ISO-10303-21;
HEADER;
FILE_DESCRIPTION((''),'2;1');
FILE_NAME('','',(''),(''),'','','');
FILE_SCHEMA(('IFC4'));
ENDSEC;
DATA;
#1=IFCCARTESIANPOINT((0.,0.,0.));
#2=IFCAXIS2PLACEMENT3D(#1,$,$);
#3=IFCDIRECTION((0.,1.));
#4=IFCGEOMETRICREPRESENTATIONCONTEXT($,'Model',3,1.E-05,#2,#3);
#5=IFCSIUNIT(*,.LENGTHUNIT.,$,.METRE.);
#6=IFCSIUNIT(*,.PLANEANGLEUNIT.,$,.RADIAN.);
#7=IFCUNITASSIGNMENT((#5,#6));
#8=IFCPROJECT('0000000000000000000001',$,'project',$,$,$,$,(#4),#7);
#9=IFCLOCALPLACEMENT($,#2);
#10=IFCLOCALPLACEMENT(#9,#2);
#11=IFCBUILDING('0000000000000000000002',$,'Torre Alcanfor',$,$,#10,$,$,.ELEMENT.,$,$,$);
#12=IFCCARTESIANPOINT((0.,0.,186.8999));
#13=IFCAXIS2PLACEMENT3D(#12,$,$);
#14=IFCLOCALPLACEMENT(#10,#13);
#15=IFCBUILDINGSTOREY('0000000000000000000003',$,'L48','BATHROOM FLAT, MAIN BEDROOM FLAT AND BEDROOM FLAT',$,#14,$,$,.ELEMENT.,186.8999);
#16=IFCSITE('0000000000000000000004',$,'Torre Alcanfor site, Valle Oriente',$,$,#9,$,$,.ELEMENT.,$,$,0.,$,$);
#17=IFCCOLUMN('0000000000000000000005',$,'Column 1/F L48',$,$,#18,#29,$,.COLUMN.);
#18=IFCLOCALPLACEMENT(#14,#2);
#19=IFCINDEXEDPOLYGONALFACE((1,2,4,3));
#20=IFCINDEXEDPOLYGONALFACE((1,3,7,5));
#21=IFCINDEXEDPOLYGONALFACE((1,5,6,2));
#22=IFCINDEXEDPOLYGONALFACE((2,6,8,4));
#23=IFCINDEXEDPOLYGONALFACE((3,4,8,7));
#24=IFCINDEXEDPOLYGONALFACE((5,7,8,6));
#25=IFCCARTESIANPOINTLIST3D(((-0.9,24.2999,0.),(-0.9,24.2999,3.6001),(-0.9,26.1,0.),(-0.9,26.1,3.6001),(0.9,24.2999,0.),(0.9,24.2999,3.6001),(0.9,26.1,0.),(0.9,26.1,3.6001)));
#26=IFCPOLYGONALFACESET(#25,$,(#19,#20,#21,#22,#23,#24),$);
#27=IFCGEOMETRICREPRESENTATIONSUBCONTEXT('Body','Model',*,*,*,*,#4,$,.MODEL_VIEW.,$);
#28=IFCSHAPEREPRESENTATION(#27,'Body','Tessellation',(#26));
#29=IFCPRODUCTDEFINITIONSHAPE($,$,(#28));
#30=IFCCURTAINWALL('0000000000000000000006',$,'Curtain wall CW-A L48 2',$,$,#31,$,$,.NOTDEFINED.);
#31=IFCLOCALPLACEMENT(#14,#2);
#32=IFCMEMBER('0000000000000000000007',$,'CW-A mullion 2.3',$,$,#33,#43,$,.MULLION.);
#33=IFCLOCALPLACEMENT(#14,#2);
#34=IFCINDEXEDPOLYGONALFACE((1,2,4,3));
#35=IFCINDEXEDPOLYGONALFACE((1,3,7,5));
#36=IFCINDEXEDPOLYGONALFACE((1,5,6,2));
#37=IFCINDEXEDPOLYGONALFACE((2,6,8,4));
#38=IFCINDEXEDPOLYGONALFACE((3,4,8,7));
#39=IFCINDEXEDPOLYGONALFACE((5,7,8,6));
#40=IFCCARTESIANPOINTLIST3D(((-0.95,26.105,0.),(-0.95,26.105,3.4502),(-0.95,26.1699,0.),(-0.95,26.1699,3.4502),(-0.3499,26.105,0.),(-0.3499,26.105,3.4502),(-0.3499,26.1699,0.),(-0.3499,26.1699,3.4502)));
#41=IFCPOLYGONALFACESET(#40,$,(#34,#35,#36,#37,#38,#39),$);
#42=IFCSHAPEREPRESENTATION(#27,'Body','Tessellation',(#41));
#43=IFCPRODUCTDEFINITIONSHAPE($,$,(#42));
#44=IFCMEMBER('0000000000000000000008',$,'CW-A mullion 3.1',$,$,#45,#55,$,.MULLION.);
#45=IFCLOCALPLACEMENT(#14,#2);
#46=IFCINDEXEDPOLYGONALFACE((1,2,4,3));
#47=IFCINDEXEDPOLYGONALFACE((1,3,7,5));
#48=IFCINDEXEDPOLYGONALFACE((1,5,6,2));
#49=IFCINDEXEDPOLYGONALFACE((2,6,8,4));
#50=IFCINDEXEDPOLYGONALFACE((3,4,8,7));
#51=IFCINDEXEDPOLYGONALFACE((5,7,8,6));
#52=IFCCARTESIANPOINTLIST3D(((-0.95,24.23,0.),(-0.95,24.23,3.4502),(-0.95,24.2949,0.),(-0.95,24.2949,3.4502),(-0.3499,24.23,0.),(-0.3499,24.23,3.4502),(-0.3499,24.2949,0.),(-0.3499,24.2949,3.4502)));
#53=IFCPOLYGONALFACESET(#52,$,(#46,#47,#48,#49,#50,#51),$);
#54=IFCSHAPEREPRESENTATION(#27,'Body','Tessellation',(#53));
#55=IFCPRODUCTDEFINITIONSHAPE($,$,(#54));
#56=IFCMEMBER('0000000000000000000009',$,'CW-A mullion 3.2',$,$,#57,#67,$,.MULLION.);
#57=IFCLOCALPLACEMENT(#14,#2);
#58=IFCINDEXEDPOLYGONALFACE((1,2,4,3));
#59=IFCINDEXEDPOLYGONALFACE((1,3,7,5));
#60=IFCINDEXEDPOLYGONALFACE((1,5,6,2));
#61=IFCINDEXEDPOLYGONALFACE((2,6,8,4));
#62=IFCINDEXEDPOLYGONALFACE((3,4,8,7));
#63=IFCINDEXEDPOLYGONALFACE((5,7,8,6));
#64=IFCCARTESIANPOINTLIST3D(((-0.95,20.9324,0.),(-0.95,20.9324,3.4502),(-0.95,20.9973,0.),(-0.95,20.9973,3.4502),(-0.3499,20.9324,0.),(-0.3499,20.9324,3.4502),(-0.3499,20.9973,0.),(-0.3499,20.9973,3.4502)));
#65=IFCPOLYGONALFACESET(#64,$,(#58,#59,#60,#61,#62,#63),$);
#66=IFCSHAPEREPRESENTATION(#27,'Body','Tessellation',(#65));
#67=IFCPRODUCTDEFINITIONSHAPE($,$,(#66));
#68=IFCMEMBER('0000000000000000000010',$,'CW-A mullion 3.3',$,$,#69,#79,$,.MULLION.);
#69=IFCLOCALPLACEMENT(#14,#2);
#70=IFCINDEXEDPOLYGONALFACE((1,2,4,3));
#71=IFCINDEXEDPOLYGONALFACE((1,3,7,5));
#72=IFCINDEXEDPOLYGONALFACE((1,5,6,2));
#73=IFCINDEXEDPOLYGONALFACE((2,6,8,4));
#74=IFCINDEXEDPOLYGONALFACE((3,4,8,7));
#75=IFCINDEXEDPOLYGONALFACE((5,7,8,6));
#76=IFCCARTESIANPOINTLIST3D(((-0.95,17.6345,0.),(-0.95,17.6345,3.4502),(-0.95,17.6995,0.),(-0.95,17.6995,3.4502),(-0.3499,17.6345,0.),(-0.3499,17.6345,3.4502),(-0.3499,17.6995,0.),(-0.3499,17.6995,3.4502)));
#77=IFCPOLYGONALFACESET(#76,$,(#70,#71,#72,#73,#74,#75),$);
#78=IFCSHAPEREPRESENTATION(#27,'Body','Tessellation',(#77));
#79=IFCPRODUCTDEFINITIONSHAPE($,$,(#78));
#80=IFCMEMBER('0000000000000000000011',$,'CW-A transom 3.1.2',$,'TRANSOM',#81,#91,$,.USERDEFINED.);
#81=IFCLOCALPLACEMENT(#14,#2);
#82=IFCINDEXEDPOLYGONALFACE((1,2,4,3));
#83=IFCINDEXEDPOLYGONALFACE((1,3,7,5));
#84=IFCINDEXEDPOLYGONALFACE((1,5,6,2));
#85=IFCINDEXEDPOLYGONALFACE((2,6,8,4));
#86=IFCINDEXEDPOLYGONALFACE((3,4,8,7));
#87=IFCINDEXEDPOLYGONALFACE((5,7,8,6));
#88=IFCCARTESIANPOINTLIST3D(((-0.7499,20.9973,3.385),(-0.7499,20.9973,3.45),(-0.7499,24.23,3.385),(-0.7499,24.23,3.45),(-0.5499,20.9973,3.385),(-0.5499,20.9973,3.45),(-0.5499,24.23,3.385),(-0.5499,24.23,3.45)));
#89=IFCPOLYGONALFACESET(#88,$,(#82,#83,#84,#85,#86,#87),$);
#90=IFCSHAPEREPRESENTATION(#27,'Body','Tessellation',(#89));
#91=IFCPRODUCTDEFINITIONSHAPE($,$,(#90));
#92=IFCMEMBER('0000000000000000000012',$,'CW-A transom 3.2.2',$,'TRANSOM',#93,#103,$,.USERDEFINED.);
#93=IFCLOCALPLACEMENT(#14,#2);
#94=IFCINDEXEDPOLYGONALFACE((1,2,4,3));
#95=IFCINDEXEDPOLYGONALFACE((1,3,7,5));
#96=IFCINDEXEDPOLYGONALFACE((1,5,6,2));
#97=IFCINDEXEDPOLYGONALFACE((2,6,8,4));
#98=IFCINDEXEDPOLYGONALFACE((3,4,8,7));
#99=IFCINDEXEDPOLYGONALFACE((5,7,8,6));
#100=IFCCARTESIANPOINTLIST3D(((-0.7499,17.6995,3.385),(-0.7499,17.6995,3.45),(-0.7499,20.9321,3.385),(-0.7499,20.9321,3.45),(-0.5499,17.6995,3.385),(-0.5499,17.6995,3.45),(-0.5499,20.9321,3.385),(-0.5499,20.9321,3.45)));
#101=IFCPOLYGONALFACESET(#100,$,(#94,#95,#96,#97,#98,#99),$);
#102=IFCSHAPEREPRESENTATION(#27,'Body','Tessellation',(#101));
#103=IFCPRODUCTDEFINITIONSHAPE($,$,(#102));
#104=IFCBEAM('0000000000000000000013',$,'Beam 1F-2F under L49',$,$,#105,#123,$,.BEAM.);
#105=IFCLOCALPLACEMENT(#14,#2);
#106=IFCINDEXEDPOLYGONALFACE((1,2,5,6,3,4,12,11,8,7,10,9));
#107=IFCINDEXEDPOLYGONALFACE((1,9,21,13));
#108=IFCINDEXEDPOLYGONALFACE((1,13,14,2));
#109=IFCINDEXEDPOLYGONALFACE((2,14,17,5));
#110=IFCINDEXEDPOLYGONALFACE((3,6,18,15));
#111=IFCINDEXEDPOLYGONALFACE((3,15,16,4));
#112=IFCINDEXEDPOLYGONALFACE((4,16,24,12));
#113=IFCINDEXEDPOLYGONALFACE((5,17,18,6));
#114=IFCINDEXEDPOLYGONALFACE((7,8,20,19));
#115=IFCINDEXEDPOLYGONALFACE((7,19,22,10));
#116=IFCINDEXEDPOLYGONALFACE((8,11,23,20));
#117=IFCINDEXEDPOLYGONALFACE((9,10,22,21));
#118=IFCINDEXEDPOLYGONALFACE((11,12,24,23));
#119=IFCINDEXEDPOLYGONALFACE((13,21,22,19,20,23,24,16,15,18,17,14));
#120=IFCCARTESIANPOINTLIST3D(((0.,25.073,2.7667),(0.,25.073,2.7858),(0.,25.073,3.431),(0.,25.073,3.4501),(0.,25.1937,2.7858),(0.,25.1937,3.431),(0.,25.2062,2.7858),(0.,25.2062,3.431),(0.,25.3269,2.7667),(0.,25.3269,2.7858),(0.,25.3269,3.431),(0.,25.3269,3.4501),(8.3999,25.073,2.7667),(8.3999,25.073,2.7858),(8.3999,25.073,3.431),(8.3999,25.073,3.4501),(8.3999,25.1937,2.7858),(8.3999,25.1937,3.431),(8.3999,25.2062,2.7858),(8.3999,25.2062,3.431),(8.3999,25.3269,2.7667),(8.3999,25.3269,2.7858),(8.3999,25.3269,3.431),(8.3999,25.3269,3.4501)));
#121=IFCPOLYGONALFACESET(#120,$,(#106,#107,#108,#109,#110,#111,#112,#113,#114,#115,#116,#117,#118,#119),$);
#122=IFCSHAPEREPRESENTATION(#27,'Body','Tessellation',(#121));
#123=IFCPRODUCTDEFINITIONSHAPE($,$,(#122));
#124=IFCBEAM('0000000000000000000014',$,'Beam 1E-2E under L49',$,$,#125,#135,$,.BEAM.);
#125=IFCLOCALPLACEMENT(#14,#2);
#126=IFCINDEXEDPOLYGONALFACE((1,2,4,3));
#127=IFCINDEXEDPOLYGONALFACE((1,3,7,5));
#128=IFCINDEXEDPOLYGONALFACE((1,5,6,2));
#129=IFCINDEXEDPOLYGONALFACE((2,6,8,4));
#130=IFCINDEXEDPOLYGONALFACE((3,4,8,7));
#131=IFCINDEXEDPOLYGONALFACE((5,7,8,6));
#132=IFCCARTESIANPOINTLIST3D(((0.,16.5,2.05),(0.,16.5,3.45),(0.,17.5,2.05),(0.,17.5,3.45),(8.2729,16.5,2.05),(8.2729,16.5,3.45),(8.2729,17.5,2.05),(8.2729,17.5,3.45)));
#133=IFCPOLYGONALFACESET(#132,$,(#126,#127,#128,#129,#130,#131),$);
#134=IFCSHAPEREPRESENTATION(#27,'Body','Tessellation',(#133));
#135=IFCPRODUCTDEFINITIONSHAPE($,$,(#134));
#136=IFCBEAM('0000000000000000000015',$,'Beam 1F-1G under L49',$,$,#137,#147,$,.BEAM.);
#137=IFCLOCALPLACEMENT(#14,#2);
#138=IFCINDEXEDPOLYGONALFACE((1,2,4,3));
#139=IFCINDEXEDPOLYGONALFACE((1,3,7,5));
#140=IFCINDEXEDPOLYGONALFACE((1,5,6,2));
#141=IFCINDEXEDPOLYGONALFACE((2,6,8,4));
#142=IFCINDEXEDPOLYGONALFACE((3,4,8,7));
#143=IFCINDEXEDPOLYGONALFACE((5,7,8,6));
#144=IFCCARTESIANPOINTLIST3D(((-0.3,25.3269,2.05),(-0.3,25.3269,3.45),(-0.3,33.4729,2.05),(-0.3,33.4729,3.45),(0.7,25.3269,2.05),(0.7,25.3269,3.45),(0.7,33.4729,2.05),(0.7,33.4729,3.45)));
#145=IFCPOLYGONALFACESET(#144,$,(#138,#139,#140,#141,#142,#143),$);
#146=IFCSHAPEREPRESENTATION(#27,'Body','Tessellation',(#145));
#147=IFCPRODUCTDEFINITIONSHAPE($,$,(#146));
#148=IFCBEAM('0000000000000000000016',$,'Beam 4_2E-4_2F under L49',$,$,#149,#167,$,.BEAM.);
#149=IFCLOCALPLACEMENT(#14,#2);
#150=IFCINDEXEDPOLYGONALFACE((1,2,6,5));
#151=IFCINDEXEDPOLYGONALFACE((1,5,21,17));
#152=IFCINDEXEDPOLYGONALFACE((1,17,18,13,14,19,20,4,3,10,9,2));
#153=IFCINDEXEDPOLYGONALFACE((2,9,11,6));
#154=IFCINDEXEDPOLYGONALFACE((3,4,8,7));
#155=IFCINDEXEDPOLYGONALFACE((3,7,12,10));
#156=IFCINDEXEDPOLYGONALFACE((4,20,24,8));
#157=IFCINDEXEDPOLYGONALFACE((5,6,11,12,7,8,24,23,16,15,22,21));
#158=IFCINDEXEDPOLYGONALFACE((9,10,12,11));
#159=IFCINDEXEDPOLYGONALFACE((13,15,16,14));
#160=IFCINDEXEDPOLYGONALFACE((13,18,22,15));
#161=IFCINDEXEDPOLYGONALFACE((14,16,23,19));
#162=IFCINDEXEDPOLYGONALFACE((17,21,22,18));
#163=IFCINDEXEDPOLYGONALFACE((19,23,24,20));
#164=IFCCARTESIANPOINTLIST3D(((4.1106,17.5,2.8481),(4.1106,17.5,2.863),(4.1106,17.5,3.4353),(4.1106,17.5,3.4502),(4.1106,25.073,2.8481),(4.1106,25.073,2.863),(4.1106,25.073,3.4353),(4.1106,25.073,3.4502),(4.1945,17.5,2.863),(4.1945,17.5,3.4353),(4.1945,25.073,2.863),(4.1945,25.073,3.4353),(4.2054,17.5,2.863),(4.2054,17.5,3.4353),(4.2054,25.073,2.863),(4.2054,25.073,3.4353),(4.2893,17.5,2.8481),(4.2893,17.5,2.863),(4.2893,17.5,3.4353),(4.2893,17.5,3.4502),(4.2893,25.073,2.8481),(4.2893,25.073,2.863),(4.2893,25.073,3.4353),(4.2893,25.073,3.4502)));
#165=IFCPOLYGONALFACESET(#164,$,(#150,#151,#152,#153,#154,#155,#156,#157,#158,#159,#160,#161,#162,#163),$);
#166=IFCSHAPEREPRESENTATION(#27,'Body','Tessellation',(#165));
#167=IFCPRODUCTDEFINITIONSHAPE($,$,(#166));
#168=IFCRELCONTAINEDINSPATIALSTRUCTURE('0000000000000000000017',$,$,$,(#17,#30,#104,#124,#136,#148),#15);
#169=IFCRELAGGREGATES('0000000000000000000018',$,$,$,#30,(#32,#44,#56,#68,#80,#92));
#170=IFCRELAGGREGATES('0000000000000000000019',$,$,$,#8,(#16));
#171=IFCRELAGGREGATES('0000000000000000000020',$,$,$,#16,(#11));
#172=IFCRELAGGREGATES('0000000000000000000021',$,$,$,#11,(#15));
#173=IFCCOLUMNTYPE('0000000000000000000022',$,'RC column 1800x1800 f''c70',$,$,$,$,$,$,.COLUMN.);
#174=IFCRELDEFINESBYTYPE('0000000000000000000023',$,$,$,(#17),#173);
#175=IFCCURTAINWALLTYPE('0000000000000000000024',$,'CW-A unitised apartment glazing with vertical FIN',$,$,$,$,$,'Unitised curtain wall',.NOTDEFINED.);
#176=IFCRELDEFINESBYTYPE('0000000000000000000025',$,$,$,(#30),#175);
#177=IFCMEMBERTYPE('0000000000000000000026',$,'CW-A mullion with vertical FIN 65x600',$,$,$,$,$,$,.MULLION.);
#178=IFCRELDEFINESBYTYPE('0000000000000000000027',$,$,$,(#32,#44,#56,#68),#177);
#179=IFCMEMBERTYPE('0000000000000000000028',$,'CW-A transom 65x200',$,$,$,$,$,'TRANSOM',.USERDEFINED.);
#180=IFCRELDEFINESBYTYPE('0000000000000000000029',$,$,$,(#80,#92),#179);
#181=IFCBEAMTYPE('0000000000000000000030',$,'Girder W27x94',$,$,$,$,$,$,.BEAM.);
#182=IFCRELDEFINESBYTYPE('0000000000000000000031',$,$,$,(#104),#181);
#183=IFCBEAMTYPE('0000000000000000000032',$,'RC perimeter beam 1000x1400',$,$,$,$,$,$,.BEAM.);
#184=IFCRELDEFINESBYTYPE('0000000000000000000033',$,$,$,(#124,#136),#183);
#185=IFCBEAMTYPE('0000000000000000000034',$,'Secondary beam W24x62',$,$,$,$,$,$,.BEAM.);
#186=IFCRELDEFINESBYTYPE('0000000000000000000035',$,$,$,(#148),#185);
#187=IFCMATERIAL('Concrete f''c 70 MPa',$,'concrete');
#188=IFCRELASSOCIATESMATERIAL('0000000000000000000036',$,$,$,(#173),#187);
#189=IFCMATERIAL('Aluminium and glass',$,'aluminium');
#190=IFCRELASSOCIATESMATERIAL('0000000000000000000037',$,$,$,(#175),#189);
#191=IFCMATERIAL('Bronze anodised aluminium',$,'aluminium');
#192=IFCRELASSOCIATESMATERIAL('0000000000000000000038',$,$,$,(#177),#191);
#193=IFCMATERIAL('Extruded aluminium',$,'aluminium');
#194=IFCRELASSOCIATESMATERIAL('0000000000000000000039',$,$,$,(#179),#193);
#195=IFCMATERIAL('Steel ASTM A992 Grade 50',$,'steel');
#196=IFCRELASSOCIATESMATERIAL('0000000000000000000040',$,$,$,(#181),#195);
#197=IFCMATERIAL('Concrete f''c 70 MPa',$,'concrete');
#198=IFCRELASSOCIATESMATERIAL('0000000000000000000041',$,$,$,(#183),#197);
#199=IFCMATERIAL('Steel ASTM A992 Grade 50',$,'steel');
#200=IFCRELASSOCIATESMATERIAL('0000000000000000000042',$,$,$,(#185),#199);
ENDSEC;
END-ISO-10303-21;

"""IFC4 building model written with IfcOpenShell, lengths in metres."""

from ifc_helpers import new_model, si_unit, direction, frame, origin, origin_2d, place, context, subcontext, project, spatial, rectangle, i_section, extrude, material, material_profile, profile_set, type_object, element, aggregate, save


model = new_model("IFC4")

# Units and contexts
model_context = context("Model", 3, precision=1e-05, world=origin(), true_north=direction((0.0, 1.0)))
body_context = subcontext(model_context, "Body", "Model", "MODEL_VIEW")
ifc_project = project(units=[si_unit("LENGTHUNIT", "METRE"), si_unit("PLANEANGLEUNIT", "RADIAN")], contexts=[model_context])

# Site, building, storey
site_placement = place(None, origin())
site = spatial("IfcSite", under=ifc_project, at=site_placement, Name="Torre Alcanfor site, Valle Oriente", CompositionType="ELEMENT", RefElevation=0.0)
building_placement = place(site_placement, origin())
building = spatial("IfcBuilding", under=site, at=building_placement, Name="Torre Alcanfor", CompositionType="ELEMENT")
storey_placement = place(building_placement, frame((0.0, 0.0, 186.8999)))
storey = spatial("IfcBuildingStorey", under=building, at=storey_placement, Name="L48", Description="BATHROOM FLAT, MAIN BEDROOM FLAT AND BEDROOM FLAT", CompositionType="ELEMENT", Elevation=186.8999)

# Column
ifc_material_1 = material(Name="Concrete f'c 70 MPa", Category="concrete")
ifc_material_profile_1 = material_profile(ifc_material_1, rectangle(XDim=1.8, YDim=1.8, at=origin_2d()), Name="1800x1800")
ifc_profile_set_1 = profile_set([ifc_material_profile_1], Name="Concrete f'c 70 MPa")
column_type = type_object("IfcColumnType", Name="RC column 1800x1800 f'c70", PredefinedType="COLUMN", material=ifc_profile_set_1)
column_placement = place(storey_placement, frame((0.0, 25.2, 0.0), z_axis=(0.0, 0.0, 1.0), x_axis=(1.0, 0.0, 0.0)))
element("IfcColumn", 1, at=column_placement, inside=storey, type_object=column_type, Name="Column 1/F L48", PredefinedType="COLUMN", context=body_context, shape_type="SweptSolid", body=[
    extrude(rectangle(XDim=1.8, YDim=1.8, at=origin_2d()), origin(), (0.0, 0.0, 1.0), 3.6001),
])

# Curtain wall, members
ifc_material_2 = material(Name="Aluminium and glass", Category="aluminium")
curtain_wall_type = type_object("IfcCurtainWallType", Name="CW-A unitised apartment glazing with vertical FIN", ElementType="Unitised curtain wall", PredefinedType="NOTDEFINED", material=ifc_material_2)
curtain_wall_placement = place(storey_placement, origin())
curtain_wall = element("IfcCurtainWall", 2, at=curtain_wall_placement, inside=storey, type_object=curtain_wall_type, Name="Curtain wall CW-A L48 2", PredefinedType="NOTDEFINED")
ifc_material_3 = material(Name="Bronze anodised aluminium", Category="aluminium")
ifc_material_profile_2 = material_profile(ifc_material_3, rectangle(XDim=0.6001, YDim=0.0649, at=origin_2d()), Name="CW-A mullion 65x600")
ifc_profile_set_2 = profile_set([ifc_material_profile_2], Name="Bronze anodised aluminium")
member_type_1 = type_object("IfcMemberType", Name="CW-A mullion with vertical FIN 65x600", PredefinedType="MULLION", material=ifc_profile_set_2)
member_1_placement = place(storey_placement, frame((-0.6499, 26.1375, 0.0), z_axis=(0.0, 0.0, 1.0), x_axis=(1.0, 0.0, 0.0)))
member_1 = element("IfcMember", 3, at=member_1_placement, type_object=member_type_1, Name="CW-A mullion 2.3", PredefinedType="MULLION", context=body_context, shape_type="SweptSolid", body=[
    extrude(rectangle(XDim=0.6001, YDim=0.0649, at=origin_2d()), origin(), (0.0, 0.0, 1.0), 3.4502),
])
member_2_placement = place(storey_placement, frame((-0.6499, 24.2625, 0.0), z_axis=(0.0, 0.0, 1.0), x_axis=(1.0, 0.0, 0.0)))
member_2 = element("IfcMember", 4, at=member_2_placement, type_object=member_type_1, Name="CW-A mullion 3.1", PredefinedType="MULLION", context=body_context, shape_type="SweptSolid", body=[
    extrude(rectangle(XDim=0.6001, YDim=0.0649, at=origin_2d()), origin(), (0.0, 0.0, 1.0), 3.4502),
])
member_3_placement = place(storey_placement, frame((-0.6499, 20.9648, 0.0), z_axis=(0.0, 0.0, 1.0), x_axis=(1.0, 0.0, 0.0)))
member_3 = element("IfcMember", 5, at=member_3_placement, type_object=member_type_1, Name="CW-A mullion 3.2", PredefinedType="MULLION", context=body_context, shape_type="SweptSolid", body=[
    extrude(rectangle(XDim=0.6001, YDim=0.0649, at=origin_2d()), origin(), (0.0, 0.0, 1.0), 3.4502),
])
member_4_placement = place(storey_placement, frame((-0.6499, 17.667, 0.0), z_axis=(0.0, 0.0, 1.0), x_axis=(1.0, 0.0, 0.0)))
member_4 = element("IfcMember", 6, at=member_4_placement, type_object=member_type_1, Name="CW-A mullion 3.3", PredefinedType="MULLION", context=body_context, shape_type="SweptSolid", body=[
    extrude(rectangle(XDim=0.6001, YDim=0.0649, at=origin_2d()), origin(), (0.0, 0.0, 1.0), 3.4502),
])
ifc_material_4 = material(Name="Extruded aluminium", Category="aluminium")
ifc_material_profile_3 = material_profile(ifc_material_4, rectangle(XDim=0.2, YDim=0.0649, at=origin_2d()), Name="CW-A transom 200x65")
ifc_profile_set_3 = profile_set([ifc_material_profile_3], Name="Extruded aluminium")
member_type_2 = type_object("IfcMemberType", Name="CW-A transom 65x200", ElementType="TRANSOM", PredefinedType="USERDEFINED", material=ifc_profile_set_3)
member_5_placement = place(storey_placement, frame((-0.6499, 24.23, 3.4175), z_axis=(0.0, -1.0, 0.0), x_axis=(1.0, 0.0, 0.0)))
member_5 = element("IfcMember", 7, at=member_5_placement, type_object=member_type_2, Name="CW-A transom 3.1.2", ObjectType="TRANSOM", PredefinedType="USERDEFINED", context=body_context, shape_type="SweptSolid", body=[
    extrude(rectangle(XDim=0.2, YDim=0.0649, at=origin_2d()), origin(), (0.0, 0.0, 1.0), 3.2327),
])
member_6_placement = place(storey_placement, frame((-0.6499, 20.9321, 3.4175), z_axis=(0.0, -1.0, 0.0), x_axis=(1.0, 0.0, 0.0)))
member_6 = element("IfcMember", 8, at=member_6_placement, type_object=member_type_2, Name="CW-A transom 3.2.2", ObjectType="TRANSOM", PredefinedType="USERDEFINED", context=body_context, shape_type="SweptSolid", body=[
    extrude(rectangle(XDim=0.2, YDim=0.0649, at=origin_2d()), origin(), (0.0, 0.0, 1.0), 3.2327),
])

# Beams
ifc_material_5 = material(Name="Steel ASTM A992 Grade 50", Category="steel")
ifc_material_profile_4 = material_profile(ifc_material_5, i_section(OverallWidth=0.2539, OverallDepth=0.6833, WebThickness=0.0125, FlangeThickness=0.019, at=origin_2d()), Name="W27x94")
ifc_profile_set_4 = profile_set([ifc_material_profile_4], Name="Steel ASTM A992 Grade 50")
beam_type_1 = type_object("IfcBeamType", Name="Girder W27x94", PredefinedType="BEAM", material=ifc_profile_set_4)
beam_1_placement = place(storey_placement, frame((0.0, 25.2, 3.1084), z_axis=(1.0, 0.0, 0.0), x_axis=(0.0, 1.0, 0.0)))
element("IfcBeam", 9, at=beam_1_placement, inside=storey, type_object=beam_type_1, Name="Beam 1F-2F under L49", PredefinedType="BEAM", context=body_context, shape_type="SweptSolid", body=[
    extrude(i_section(OverallWidth=0.2539, OverallDepth=0.6833, WebThickness=0.0125, FlangeThickness=0.019, at=origin_2d()), origin(), (0.0, 0.0, 1.0), 8.3999),
])
ifc_material_6 = material(Name="Concrete f'c 70 MPa", Category="concrete")
ifc_material_profile_5 = material_profile(ifc_material_6, rectangle(XDim=1.0, YDim=1.3999, at=origin_2d()), Name="1000x1400")
ifc_profile_set_5 = profile_set([ifc_material_profile_5], Name="Concrete f'c 70 MPa")
beam_type_2 = type_object("IfcBeamType", Name="RC perimeter beam 1000x1400", PredefinedType="BEAM", material=ifc_profile_set_5)
beam_2_placement = place(storey_placement, frame((0.0, 17.0, 2.75), z_axis=(1.0, 0.0, 0.0), x_axis=(0.0, 1.0, 0.0)))
element("IfcBeam", 10, at=beam_2_placement, inside=storey, type_object=beam_type_2, Name="Beam 1E-2E under L49", PredefinedType="BEAM", context=body_context, shape_type="SweptSolid", body=[
    extrude(rectangle(XDim=1.0, YDim=1.3999, at=origin_2d()), origin(), (0.0, 0.0, 1.0), 8.2729),
])
beam_3_placement = place(storey_placement, frame((0.2, 25.3269, 2.75), z_axis=(0.0, 1.0, 0.0), x_axis=(-1.0, 0.0, 0.0)))
element("IfcBeam", 11, at=beam_3_placement, inside=storey, type_object=beam_type_2, Name="Beam 1F-1G under L49", PredefinedType="BEAM", context=body_context, shape_type="SweptSolid", body=[
    extrude(rectangle(XDim=1.0, YDim=1.3999, at=origin_2d()), origin(), (0.0, 0.0, 1.0), 8.146),
])
ifc_material_7 = material(Name="Steel ASTM A992 Grade 50", Category="steel")
ifc_material_profile_6 = material_profile(ifc_material_7, i_section(OverallWidth=0.1787, OverallDepth=0.6021, WebThickness=0.011, FlangeThickness=0.0149, at=origin_2d()), Name="W24x62")
ifc_profile_set_6 = profile_set([ifc_material_profile_6], Name="Steel ASTM A992 Grade 50")
beam_type_3 = type_object("IfcBeamType", Name="Secondary beam W24x62", PredefinedType="BEAM", material=ifc_profile_set_6)
beam_4_placement = place(storey_placement, frame((4.2, 17.5, 3.1492), z_axis=(0.0, 1.0, 0.0), x_axis=(-1.0, 0.0, 0.0)))
element("IfcBeam", 12, at=beam_4_placement, inside=storey, type_object=beam_type_3, Name="Beam 4_2E-4_2F under L49", PredefinedType="BEAM", context=body_context, shape_type="SweptSolid", body=[
    extrude(i_section(OverallWidth=0.1787, OverallDepth=0.6021, WebThickness=0.011, FlangeThickness=0.0149, at=origin_2d()), origin(), (0.0, 0.0, 1.0), 7.573),
])

aggregate(curtain_wall, [member_1, member_2, member_3, member_4, member_5, member_6])

save(model, "model.ifc")
